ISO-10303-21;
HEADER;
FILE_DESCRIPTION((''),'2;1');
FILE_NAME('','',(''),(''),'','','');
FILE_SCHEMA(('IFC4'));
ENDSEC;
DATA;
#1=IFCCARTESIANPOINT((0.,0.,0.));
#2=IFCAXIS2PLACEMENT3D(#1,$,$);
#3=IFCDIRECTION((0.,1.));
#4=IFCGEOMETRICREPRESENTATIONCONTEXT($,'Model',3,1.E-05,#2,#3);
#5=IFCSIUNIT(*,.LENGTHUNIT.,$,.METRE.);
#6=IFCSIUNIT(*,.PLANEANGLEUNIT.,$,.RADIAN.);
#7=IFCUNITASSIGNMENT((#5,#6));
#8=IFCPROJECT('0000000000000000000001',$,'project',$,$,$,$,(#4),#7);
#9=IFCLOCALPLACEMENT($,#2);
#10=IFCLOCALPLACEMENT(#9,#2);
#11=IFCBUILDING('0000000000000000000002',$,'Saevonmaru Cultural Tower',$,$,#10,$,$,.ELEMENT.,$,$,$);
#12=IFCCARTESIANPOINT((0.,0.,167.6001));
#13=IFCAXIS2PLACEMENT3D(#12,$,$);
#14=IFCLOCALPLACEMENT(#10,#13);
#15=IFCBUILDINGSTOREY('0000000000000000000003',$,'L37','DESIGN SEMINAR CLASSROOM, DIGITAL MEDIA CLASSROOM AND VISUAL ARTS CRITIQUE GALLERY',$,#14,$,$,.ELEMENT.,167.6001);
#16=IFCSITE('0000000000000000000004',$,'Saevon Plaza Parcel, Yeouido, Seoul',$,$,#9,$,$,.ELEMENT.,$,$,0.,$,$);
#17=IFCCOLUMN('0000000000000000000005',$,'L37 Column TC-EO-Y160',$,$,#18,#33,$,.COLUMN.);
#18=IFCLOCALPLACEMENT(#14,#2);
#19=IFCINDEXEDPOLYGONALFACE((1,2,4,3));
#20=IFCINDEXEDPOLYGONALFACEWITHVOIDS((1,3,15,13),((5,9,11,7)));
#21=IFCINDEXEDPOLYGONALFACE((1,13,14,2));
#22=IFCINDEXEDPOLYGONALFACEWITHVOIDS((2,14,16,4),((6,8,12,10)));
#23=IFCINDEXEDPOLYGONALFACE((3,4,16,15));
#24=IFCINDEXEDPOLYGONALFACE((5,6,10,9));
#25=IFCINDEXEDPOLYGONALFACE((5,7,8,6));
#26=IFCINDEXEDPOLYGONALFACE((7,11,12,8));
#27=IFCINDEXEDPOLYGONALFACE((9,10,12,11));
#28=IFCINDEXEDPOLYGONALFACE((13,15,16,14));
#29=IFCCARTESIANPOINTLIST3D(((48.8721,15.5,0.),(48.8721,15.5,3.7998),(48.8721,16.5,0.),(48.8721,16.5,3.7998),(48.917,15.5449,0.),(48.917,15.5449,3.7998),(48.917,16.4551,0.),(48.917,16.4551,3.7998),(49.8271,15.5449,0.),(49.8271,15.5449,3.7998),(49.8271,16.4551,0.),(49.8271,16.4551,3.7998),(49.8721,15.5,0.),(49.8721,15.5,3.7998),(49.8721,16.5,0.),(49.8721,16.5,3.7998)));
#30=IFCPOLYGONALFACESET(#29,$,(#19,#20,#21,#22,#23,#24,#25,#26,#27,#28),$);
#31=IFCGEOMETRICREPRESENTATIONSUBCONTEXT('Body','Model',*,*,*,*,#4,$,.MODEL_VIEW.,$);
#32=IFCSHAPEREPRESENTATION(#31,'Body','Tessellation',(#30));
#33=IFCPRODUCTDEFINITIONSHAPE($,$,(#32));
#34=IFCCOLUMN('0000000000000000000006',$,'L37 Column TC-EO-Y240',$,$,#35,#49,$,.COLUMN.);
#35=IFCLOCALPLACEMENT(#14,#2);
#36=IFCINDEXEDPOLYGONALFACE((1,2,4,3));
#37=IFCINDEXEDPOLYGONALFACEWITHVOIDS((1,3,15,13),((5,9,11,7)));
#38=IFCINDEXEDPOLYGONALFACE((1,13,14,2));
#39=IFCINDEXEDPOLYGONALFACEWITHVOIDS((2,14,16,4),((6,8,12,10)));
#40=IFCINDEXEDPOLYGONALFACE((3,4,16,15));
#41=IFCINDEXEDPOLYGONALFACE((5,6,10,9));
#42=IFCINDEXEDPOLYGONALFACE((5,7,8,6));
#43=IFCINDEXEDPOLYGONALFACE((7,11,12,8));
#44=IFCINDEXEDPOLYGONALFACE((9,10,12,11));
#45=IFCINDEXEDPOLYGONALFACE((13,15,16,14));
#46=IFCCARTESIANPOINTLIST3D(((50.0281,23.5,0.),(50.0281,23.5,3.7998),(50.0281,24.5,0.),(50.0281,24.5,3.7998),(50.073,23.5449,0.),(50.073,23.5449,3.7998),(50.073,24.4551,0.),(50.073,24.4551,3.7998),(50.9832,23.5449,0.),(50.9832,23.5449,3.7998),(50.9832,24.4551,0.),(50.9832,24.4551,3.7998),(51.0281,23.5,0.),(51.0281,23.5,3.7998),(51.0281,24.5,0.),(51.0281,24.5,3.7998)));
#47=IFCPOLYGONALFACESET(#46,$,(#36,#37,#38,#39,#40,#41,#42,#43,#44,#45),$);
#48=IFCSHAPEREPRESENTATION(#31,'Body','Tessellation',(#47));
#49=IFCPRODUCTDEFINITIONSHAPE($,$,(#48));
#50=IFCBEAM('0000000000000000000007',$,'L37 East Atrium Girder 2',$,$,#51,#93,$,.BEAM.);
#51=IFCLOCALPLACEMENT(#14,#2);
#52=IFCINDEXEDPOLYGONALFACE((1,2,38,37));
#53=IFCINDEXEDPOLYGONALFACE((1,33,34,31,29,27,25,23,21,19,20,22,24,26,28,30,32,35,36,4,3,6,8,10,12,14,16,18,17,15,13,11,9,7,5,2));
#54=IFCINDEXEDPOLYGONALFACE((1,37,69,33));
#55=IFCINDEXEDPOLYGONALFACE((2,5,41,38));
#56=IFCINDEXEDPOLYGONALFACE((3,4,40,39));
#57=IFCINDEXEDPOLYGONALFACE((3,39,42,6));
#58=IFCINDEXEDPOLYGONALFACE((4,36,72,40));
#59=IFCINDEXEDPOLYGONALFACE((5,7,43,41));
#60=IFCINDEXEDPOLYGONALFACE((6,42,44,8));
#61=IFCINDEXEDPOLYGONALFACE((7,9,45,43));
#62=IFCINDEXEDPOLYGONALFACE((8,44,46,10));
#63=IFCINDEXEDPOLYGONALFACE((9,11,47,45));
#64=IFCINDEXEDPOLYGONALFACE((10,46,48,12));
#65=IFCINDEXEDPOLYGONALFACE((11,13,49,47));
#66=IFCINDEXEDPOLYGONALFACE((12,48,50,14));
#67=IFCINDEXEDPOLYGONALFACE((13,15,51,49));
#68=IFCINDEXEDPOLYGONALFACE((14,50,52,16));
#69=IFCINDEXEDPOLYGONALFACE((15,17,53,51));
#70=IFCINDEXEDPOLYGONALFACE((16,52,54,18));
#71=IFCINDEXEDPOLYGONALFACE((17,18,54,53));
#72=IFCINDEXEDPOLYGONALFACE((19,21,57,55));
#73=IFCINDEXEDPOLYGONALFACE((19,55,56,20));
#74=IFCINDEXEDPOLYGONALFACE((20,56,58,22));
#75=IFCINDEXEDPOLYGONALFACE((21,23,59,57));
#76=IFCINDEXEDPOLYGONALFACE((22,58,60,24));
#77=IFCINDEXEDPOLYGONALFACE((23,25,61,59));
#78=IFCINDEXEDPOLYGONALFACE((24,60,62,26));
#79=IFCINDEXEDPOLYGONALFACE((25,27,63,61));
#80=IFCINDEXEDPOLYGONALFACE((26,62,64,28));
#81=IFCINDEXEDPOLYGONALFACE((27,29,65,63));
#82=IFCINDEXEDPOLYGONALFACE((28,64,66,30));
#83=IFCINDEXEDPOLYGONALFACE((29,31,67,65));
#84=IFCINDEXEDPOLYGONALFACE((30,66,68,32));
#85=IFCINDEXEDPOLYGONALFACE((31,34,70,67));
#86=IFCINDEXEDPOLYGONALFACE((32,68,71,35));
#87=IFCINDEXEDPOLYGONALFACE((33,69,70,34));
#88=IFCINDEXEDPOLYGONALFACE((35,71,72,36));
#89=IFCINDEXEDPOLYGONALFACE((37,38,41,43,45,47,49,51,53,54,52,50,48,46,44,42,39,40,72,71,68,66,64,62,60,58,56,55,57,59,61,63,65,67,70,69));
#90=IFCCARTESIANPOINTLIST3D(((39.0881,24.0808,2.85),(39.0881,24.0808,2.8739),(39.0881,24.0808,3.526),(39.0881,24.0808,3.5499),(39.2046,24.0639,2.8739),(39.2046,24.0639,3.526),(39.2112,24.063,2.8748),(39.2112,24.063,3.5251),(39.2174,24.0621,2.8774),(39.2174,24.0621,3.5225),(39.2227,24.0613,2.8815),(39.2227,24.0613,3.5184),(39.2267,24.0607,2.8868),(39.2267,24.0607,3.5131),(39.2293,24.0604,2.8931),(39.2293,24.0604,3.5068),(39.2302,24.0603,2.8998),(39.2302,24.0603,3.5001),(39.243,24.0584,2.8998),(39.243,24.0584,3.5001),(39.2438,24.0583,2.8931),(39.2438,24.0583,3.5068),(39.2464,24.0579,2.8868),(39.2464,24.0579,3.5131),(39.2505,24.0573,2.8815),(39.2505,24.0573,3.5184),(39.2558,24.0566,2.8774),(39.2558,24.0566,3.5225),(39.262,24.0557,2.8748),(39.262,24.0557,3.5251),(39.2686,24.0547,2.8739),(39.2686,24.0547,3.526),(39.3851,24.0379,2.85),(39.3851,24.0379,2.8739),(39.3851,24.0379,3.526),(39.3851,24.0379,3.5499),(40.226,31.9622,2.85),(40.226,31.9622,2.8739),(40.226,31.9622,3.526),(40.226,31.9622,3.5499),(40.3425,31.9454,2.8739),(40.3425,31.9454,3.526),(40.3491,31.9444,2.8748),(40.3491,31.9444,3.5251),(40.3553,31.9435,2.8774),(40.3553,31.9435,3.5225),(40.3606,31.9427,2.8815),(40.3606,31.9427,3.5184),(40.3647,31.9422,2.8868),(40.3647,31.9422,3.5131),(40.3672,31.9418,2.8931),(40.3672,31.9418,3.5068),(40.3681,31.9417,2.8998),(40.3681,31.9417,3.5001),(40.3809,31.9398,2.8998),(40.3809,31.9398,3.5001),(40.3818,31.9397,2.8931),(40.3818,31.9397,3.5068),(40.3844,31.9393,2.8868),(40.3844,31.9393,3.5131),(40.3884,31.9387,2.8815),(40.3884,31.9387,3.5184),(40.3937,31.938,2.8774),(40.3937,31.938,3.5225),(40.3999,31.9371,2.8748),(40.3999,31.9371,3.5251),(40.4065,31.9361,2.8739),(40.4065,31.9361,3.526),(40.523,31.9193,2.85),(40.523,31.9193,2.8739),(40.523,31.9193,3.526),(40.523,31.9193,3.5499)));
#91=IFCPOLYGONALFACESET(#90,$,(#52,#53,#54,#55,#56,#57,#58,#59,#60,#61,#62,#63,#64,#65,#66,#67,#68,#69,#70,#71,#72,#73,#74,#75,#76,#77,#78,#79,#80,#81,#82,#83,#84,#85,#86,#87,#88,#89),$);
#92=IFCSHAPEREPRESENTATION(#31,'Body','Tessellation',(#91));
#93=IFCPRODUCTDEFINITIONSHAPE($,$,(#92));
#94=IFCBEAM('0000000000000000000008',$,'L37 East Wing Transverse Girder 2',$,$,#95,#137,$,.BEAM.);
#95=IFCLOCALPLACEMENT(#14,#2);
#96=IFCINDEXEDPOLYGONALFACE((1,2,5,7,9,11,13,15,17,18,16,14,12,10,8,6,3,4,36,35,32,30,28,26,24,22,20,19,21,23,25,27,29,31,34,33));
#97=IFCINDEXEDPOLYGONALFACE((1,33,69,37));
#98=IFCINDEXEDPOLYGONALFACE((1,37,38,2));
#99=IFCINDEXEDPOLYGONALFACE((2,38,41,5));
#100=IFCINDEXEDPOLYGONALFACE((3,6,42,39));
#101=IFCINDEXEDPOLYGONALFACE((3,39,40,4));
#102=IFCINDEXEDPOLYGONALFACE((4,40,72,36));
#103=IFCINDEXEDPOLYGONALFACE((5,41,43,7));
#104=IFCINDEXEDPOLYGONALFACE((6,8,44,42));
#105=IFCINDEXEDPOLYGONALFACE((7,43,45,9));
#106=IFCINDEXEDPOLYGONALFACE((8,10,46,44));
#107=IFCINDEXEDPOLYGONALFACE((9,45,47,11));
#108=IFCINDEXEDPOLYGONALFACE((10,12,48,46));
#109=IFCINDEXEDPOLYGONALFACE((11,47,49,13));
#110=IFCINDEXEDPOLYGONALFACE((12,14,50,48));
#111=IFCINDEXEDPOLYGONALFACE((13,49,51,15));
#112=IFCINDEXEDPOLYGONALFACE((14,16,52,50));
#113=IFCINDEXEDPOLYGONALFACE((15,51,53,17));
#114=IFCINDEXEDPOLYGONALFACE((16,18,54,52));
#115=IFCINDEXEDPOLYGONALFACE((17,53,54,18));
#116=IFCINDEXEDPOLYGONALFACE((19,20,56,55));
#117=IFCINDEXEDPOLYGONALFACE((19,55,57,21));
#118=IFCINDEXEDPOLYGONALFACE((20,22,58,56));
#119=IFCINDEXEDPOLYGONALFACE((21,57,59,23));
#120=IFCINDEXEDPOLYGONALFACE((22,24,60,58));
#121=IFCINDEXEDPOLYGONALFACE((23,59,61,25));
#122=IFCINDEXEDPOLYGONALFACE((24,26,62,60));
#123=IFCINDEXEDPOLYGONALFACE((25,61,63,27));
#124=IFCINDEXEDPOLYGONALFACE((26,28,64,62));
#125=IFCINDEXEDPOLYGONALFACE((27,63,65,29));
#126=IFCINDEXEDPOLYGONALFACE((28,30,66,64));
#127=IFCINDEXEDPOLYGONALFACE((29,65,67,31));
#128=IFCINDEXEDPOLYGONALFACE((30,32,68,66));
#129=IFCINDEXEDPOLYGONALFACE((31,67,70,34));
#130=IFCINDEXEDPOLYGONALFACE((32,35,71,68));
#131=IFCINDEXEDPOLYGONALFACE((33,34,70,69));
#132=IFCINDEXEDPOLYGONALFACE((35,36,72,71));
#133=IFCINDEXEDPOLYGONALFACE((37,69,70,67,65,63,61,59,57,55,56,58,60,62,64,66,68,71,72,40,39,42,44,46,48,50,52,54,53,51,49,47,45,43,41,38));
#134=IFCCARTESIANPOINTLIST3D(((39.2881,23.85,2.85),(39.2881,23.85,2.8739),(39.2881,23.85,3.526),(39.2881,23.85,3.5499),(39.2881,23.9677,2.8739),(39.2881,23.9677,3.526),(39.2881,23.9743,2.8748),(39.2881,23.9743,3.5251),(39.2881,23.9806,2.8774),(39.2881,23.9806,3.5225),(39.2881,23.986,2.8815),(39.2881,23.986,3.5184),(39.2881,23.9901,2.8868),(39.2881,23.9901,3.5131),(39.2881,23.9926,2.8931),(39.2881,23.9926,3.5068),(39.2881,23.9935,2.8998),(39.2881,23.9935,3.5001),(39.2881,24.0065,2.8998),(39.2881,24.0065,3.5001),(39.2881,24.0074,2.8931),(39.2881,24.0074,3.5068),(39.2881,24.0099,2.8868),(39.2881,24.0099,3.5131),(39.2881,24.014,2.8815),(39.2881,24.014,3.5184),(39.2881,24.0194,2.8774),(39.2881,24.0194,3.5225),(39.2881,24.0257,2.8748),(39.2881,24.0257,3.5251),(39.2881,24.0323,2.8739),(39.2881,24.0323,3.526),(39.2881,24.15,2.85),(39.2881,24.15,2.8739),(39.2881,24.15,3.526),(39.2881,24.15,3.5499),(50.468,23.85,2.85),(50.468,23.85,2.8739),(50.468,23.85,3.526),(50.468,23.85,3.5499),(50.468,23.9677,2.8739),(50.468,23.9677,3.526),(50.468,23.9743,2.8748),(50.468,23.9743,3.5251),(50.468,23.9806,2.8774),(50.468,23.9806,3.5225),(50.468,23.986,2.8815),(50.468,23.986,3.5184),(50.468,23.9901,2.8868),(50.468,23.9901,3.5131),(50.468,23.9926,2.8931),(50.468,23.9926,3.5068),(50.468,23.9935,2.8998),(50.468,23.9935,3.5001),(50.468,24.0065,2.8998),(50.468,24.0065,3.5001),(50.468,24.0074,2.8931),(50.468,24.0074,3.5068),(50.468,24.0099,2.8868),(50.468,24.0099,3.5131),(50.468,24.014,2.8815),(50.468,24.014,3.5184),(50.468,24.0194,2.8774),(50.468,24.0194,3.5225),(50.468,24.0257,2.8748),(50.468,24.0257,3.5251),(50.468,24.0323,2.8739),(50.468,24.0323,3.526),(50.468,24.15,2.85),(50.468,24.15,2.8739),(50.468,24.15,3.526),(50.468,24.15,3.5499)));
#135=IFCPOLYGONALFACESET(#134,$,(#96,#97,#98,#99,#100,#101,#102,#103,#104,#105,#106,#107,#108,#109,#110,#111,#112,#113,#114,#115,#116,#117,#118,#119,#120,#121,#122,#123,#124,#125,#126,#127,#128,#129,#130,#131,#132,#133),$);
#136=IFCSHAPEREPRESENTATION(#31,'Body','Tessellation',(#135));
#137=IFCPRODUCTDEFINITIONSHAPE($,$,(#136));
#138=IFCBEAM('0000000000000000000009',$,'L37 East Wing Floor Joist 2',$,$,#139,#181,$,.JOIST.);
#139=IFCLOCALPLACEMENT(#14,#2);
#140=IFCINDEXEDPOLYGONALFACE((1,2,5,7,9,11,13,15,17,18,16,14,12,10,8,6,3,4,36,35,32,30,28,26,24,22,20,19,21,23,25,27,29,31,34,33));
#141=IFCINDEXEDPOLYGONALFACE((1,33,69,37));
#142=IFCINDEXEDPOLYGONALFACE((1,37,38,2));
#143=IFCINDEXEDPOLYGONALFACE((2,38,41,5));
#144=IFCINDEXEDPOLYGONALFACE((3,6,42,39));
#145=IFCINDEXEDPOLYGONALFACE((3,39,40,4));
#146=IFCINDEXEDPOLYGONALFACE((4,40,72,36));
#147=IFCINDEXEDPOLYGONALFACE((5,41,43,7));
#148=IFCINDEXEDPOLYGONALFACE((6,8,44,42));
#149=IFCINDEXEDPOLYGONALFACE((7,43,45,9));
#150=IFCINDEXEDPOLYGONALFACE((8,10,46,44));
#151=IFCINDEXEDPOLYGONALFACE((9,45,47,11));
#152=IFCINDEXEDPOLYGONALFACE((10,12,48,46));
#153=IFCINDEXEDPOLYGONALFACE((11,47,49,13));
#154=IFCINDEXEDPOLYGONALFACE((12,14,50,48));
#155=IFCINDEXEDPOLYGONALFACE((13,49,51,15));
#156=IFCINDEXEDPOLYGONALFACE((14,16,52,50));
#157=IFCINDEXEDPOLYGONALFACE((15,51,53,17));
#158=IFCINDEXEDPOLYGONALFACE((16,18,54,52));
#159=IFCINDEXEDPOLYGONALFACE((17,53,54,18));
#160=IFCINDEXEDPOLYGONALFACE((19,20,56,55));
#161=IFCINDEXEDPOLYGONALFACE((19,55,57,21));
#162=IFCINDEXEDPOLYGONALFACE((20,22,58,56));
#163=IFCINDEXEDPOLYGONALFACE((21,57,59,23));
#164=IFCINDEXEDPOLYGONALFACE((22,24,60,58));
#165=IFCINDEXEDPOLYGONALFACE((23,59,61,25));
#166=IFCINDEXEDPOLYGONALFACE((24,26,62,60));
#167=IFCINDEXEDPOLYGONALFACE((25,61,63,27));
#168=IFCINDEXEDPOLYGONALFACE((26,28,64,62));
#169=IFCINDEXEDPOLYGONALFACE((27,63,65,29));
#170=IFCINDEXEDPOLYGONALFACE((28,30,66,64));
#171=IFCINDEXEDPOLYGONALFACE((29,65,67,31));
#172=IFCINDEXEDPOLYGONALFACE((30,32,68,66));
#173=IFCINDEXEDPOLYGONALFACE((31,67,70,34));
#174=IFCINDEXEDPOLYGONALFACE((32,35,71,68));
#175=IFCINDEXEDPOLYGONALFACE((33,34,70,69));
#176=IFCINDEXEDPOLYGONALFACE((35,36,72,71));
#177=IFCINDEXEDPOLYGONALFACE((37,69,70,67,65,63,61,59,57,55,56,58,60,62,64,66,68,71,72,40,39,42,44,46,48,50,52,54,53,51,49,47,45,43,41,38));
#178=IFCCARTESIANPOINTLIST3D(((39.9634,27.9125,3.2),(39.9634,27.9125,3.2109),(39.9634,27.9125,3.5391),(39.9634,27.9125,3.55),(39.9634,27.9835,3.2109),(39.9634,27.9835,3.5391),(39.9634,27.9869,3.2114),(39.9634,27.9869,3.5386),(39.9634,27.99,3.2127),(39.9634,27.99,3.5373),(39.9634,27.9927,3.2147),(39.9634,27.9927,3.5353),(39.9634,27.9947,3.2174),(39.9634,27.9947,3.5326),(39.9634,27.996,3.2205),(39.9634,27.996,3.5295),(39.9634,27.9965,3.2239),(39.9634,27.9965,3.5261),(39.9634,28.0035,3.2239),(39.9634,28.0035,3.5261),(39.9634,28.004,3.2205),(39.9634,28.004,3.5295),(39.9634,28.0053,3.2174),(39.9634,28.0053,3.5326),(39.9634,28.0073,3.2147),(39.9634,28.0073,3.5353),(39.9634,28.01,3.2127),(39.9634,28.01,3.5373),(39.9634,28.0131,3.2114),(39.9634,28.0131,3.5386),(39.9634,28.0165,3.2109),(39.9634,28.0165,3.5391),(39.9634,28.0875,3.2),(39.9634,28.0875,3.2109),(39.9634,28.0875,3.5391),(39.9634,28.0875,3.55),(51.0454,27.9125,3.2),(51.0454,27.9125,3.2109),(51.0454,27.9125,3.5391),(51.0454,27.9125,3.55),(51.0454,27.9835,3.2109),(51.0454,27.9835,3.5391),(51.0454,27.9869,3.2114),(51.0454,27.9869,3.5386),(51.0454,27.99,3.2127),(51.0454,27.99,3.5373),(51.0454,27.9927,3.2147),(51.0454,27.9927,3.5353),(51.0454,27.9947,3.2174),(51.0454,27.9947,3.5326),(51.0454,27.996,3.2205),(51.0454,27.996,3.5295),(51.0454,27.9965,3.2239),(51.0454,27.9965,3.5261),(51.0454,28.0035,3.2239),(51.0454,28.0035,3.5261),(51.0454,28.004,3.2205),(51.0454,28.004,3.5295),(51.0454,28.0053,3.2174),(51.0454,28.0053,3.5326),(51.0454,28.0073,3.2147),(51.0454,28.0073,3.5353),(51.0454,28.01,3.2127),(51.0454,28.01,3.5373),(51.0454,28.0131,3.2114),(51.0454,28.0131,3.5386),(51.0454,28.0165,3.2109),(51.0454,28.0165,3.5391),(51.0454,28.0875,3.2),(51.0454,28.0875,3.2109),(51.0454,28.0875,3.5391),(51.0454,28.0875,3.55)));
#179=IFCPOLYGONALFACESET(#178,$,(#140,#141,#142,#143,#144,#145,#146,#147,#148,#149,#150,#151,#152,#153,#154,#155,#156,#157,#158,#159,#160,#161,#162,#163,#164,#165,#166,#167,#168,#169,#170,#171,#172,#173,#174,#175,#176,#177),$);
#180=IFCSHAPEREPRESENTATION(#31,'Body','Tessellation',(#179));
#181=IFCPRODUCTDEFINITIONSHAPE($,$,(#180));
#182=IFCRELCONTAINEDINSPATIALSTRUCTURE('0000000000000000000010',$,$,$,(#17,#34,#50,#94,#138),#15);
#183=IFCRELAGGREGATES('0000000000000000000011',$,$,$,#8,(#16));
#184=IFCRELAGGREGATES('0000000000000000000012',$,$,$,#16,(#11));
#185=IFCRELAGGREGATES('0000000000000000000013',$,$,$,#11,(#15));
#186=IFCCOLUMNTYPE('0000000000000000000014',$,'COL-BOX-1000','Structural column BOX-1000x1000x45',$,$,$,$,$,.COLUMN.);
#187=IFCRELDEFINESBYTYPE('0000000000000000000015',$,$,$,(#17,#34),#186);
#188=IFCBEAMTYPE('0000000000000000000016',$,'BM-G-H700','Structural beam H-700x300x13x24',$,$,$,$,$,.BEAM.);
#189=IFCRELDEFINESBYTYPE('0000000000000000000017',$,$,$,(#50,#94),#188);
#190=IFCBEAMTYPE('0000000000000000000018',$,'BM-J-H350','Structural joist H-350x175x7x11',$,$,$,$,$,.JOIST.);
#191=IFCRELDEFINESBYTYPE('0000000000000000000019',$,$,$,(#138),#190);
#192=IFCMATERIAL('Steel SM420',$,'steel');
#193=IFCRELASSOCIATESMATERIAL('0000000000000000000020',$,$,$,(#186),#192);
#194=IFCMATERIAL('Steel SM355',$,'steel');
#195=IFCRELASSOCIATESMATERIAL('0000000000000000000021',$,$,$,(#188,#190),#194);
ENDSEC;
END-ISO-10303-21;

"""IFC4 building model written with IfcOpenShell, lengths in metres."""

from ifc_helpers import new_model, si_unit, direction, frame, origin, origin_2d, place, context, subcontext, project, spatial, hollow_rectangle, i_section, extrude, material, material_profile, profile_set, type_object, element, save


model = new_model("IFC4")

# Units and contexts
model_context = context("Model", 3, precision=1e-05, world=origin(), true_north=direction((0.0, 1.0)))
body_context = subcontext(model_context, "Body", "Model", "MODEL_VIEW")
ifc_project = project(units=[si_unit("LENGTHUNIT", "METRE"), si_unit("PLANEANGLEUNIT", "RADIAN")], contexts=[model_context])

# Site, building, storey
site_placement = place(None, origin())
site = spatial("IfcSite", under=ifc_project, at=site_placement, Name="Saevon Plaza Parcel, Yeouido, Seoul", CompositionType="ELEMENT", RefElevation=0.0)
building_placement = place(site_placement, origin())
building = spatial("IfcBuilding", under=site, at=building_placement, Name="Saevonmaru Cultural Tower", CompositionType="ELEMENT")
storey_placement = place(building_placement, frame((0.0, 0.0, 167.6001)))
storey = spatial("IfcBuildingStorey", under=building, at=storey_placement, Name="L37", Description="DESIGN SEMINAR CLASSROOM, DIGITAL MEDIA CLASSROOM AND VISUAL ARTS CRITIQUE GALLERY", CompositionType="ELEMENT", Elevation=167.6001)

# Columns
ifc_material_1 = material(Name="Steel SM420", Category="steel")
ifc_material_profile_1 = material_profile(ifc_material_1, hollow_rectangle(XDim=1.0, YDim=1.0, WallThickness=0.0449, at=origin_2d()), Name="BOX-1000x1000x45")
ifc_profile_set_1 = profile_set([ifc_material_profile_1], Name="Steel SM420")
column_type = type_object("IfcColumnType", Name="COL-BOX-1000", Description="Structural column BOX-1000x1000x45", PredefinedType="COLUMN", material=ifc_profile_set_1)
for number, where, z_axis, x_axis, name in (
    (1, (49.3721, 16.0, 0.0), (0.0, 0.0, 1.0), (1.0, 0.0, 0.0), "L37 Column TC-EO-Y160"),
    (2, (50.5281, 24.0, 0.0), (0.0, 0.0, 1.0), (1.0, 0.0, 0.0), "L37 Column TC-EO-Y240"),
):
    element("IfcColumn", number, at=place(storey_placement, frame(where, z_axis=z_axis, x_axis=x_axis)), inside=storey, type_object=column_type, Name=name, PredefinedType="COLUMN", context=body_context, shape_type="SweptSolid", body=[
        extrude(hollow_rectangle(XDim=1.0, YDim=1.0, WallThickness=0.0449, at=origin_2d()), origin(), (0.0, 0.0, 1.0), 3.7998),
    ])

# Beams
ifc_material_2 = material(Name="Steel SM355", Category="steel")
ifc_material_profile_2 = material_profile(ifc_material_2, i_section(OverallWidth=0.3, OverallDepth=0.7, WebThickness=0.0129, FlangeThickness=0.0239, FilletRadius=0.0259, at=origin_2d()), Name="H-700x300x13x24")
ifc_profile_set_2 = profile_set([ifc_material_profile_2], Name="Steel SM355")
beam_type_1 = type_object("IfcBeamType", Name="BM-G-H700", Description="Structural beam H-700x300x13x24", PredefinedType="BEAM", material=ifc_profile_set_2)
beam_1_placement = place(storey_placement, frame((39.2366, 24.0593, 3.2), z_axis=(0.142902, 0.989737, 0.0), x_axis=(-0.989737, 0.142902, 0.0)))
element("IfcBeam", 3, at=beam_1_placement, inside=storey, type_object=beam_type_1, Name="L37 East Atrium Girder 2", PredefinedType="BEAM", context=body_context, shape_type="SweptSolid", body=[
    extrude(i_section(OverallWidth=0.3, OverallDepth=0.7, WebThickness=0.0129, FlangeThickness=0.0239, FilletRadius=0.0259, at=origin_2d()), origin(), (0.0, 0.0, 1.0), 7.9631),
])
beam_2_placement = place(storey_placement, frame((39.2881, 24.0, 3.2), z_axis=(1.0, 0.0, 0.0), x_axis=(0.0, 1.0, 0.0)))
element("IfcBeam", 4, at=beam_2_placement, inside=storey, type_object=beam_type_1, Name="L37 East Wing Transverse Girder 2", PredefinedType="BEAM", context=body_context, shape_type="SweptSolid", body=[
    extrude(i_section(OverallWidth=0.3, OverallDepth=0.7, WebThickness=0.0129, FlangeThickness=0.0239, FilletRadius=0.0259, at=origin_2d()), origin(), (0.0, 0.0, 1.0), 11.1799),
])
ifc_material_profile_3 = material_profile(ifc_material_2, i_section(OverallWidth=0.175, OverallDepth=0.3501, WebThickness=0.0071, FlangeThickness=0.011, FilletRadius=0.0129, at=origin_2d()), Name="H-350x175x7x11")
ifc_profile_set_3 = profile_set([ifc_material_profile_3], Name="Steel SM355")
beam_type_2 = type_object("IfcBeamType", Name="BM-J-H350", Description="Structural joist H-350x175x7x11", PredefinedType="JOIST", material=ifc_profile_set_3)
beam_3_placement = place(storey_placement, frame((39.9634, 28.0, 3.375), z_axis=(1.0, 0.0, 0.0), x_axis=(0.0, 1.0, 0.0)))
element("IfcBeam", 5, at=beam_3_placement, inside=storey, type_object=beam_type_2, Name="L37 East Wing Floor Joist 2", PredefinedType="JOIST", context=body_context, shape_type="SweptSolid", body=[
    extrude(i_section(OverallWidth=0.175, OverallDepth=0.3501, WebThickness=0.0071, FlangeThickness=0.011, FilletRadius=0.0129, at=origin_2d()), origin(), (0.0, 0.0, 1.0), 11.082),
])

save(model, "model.ifc")
